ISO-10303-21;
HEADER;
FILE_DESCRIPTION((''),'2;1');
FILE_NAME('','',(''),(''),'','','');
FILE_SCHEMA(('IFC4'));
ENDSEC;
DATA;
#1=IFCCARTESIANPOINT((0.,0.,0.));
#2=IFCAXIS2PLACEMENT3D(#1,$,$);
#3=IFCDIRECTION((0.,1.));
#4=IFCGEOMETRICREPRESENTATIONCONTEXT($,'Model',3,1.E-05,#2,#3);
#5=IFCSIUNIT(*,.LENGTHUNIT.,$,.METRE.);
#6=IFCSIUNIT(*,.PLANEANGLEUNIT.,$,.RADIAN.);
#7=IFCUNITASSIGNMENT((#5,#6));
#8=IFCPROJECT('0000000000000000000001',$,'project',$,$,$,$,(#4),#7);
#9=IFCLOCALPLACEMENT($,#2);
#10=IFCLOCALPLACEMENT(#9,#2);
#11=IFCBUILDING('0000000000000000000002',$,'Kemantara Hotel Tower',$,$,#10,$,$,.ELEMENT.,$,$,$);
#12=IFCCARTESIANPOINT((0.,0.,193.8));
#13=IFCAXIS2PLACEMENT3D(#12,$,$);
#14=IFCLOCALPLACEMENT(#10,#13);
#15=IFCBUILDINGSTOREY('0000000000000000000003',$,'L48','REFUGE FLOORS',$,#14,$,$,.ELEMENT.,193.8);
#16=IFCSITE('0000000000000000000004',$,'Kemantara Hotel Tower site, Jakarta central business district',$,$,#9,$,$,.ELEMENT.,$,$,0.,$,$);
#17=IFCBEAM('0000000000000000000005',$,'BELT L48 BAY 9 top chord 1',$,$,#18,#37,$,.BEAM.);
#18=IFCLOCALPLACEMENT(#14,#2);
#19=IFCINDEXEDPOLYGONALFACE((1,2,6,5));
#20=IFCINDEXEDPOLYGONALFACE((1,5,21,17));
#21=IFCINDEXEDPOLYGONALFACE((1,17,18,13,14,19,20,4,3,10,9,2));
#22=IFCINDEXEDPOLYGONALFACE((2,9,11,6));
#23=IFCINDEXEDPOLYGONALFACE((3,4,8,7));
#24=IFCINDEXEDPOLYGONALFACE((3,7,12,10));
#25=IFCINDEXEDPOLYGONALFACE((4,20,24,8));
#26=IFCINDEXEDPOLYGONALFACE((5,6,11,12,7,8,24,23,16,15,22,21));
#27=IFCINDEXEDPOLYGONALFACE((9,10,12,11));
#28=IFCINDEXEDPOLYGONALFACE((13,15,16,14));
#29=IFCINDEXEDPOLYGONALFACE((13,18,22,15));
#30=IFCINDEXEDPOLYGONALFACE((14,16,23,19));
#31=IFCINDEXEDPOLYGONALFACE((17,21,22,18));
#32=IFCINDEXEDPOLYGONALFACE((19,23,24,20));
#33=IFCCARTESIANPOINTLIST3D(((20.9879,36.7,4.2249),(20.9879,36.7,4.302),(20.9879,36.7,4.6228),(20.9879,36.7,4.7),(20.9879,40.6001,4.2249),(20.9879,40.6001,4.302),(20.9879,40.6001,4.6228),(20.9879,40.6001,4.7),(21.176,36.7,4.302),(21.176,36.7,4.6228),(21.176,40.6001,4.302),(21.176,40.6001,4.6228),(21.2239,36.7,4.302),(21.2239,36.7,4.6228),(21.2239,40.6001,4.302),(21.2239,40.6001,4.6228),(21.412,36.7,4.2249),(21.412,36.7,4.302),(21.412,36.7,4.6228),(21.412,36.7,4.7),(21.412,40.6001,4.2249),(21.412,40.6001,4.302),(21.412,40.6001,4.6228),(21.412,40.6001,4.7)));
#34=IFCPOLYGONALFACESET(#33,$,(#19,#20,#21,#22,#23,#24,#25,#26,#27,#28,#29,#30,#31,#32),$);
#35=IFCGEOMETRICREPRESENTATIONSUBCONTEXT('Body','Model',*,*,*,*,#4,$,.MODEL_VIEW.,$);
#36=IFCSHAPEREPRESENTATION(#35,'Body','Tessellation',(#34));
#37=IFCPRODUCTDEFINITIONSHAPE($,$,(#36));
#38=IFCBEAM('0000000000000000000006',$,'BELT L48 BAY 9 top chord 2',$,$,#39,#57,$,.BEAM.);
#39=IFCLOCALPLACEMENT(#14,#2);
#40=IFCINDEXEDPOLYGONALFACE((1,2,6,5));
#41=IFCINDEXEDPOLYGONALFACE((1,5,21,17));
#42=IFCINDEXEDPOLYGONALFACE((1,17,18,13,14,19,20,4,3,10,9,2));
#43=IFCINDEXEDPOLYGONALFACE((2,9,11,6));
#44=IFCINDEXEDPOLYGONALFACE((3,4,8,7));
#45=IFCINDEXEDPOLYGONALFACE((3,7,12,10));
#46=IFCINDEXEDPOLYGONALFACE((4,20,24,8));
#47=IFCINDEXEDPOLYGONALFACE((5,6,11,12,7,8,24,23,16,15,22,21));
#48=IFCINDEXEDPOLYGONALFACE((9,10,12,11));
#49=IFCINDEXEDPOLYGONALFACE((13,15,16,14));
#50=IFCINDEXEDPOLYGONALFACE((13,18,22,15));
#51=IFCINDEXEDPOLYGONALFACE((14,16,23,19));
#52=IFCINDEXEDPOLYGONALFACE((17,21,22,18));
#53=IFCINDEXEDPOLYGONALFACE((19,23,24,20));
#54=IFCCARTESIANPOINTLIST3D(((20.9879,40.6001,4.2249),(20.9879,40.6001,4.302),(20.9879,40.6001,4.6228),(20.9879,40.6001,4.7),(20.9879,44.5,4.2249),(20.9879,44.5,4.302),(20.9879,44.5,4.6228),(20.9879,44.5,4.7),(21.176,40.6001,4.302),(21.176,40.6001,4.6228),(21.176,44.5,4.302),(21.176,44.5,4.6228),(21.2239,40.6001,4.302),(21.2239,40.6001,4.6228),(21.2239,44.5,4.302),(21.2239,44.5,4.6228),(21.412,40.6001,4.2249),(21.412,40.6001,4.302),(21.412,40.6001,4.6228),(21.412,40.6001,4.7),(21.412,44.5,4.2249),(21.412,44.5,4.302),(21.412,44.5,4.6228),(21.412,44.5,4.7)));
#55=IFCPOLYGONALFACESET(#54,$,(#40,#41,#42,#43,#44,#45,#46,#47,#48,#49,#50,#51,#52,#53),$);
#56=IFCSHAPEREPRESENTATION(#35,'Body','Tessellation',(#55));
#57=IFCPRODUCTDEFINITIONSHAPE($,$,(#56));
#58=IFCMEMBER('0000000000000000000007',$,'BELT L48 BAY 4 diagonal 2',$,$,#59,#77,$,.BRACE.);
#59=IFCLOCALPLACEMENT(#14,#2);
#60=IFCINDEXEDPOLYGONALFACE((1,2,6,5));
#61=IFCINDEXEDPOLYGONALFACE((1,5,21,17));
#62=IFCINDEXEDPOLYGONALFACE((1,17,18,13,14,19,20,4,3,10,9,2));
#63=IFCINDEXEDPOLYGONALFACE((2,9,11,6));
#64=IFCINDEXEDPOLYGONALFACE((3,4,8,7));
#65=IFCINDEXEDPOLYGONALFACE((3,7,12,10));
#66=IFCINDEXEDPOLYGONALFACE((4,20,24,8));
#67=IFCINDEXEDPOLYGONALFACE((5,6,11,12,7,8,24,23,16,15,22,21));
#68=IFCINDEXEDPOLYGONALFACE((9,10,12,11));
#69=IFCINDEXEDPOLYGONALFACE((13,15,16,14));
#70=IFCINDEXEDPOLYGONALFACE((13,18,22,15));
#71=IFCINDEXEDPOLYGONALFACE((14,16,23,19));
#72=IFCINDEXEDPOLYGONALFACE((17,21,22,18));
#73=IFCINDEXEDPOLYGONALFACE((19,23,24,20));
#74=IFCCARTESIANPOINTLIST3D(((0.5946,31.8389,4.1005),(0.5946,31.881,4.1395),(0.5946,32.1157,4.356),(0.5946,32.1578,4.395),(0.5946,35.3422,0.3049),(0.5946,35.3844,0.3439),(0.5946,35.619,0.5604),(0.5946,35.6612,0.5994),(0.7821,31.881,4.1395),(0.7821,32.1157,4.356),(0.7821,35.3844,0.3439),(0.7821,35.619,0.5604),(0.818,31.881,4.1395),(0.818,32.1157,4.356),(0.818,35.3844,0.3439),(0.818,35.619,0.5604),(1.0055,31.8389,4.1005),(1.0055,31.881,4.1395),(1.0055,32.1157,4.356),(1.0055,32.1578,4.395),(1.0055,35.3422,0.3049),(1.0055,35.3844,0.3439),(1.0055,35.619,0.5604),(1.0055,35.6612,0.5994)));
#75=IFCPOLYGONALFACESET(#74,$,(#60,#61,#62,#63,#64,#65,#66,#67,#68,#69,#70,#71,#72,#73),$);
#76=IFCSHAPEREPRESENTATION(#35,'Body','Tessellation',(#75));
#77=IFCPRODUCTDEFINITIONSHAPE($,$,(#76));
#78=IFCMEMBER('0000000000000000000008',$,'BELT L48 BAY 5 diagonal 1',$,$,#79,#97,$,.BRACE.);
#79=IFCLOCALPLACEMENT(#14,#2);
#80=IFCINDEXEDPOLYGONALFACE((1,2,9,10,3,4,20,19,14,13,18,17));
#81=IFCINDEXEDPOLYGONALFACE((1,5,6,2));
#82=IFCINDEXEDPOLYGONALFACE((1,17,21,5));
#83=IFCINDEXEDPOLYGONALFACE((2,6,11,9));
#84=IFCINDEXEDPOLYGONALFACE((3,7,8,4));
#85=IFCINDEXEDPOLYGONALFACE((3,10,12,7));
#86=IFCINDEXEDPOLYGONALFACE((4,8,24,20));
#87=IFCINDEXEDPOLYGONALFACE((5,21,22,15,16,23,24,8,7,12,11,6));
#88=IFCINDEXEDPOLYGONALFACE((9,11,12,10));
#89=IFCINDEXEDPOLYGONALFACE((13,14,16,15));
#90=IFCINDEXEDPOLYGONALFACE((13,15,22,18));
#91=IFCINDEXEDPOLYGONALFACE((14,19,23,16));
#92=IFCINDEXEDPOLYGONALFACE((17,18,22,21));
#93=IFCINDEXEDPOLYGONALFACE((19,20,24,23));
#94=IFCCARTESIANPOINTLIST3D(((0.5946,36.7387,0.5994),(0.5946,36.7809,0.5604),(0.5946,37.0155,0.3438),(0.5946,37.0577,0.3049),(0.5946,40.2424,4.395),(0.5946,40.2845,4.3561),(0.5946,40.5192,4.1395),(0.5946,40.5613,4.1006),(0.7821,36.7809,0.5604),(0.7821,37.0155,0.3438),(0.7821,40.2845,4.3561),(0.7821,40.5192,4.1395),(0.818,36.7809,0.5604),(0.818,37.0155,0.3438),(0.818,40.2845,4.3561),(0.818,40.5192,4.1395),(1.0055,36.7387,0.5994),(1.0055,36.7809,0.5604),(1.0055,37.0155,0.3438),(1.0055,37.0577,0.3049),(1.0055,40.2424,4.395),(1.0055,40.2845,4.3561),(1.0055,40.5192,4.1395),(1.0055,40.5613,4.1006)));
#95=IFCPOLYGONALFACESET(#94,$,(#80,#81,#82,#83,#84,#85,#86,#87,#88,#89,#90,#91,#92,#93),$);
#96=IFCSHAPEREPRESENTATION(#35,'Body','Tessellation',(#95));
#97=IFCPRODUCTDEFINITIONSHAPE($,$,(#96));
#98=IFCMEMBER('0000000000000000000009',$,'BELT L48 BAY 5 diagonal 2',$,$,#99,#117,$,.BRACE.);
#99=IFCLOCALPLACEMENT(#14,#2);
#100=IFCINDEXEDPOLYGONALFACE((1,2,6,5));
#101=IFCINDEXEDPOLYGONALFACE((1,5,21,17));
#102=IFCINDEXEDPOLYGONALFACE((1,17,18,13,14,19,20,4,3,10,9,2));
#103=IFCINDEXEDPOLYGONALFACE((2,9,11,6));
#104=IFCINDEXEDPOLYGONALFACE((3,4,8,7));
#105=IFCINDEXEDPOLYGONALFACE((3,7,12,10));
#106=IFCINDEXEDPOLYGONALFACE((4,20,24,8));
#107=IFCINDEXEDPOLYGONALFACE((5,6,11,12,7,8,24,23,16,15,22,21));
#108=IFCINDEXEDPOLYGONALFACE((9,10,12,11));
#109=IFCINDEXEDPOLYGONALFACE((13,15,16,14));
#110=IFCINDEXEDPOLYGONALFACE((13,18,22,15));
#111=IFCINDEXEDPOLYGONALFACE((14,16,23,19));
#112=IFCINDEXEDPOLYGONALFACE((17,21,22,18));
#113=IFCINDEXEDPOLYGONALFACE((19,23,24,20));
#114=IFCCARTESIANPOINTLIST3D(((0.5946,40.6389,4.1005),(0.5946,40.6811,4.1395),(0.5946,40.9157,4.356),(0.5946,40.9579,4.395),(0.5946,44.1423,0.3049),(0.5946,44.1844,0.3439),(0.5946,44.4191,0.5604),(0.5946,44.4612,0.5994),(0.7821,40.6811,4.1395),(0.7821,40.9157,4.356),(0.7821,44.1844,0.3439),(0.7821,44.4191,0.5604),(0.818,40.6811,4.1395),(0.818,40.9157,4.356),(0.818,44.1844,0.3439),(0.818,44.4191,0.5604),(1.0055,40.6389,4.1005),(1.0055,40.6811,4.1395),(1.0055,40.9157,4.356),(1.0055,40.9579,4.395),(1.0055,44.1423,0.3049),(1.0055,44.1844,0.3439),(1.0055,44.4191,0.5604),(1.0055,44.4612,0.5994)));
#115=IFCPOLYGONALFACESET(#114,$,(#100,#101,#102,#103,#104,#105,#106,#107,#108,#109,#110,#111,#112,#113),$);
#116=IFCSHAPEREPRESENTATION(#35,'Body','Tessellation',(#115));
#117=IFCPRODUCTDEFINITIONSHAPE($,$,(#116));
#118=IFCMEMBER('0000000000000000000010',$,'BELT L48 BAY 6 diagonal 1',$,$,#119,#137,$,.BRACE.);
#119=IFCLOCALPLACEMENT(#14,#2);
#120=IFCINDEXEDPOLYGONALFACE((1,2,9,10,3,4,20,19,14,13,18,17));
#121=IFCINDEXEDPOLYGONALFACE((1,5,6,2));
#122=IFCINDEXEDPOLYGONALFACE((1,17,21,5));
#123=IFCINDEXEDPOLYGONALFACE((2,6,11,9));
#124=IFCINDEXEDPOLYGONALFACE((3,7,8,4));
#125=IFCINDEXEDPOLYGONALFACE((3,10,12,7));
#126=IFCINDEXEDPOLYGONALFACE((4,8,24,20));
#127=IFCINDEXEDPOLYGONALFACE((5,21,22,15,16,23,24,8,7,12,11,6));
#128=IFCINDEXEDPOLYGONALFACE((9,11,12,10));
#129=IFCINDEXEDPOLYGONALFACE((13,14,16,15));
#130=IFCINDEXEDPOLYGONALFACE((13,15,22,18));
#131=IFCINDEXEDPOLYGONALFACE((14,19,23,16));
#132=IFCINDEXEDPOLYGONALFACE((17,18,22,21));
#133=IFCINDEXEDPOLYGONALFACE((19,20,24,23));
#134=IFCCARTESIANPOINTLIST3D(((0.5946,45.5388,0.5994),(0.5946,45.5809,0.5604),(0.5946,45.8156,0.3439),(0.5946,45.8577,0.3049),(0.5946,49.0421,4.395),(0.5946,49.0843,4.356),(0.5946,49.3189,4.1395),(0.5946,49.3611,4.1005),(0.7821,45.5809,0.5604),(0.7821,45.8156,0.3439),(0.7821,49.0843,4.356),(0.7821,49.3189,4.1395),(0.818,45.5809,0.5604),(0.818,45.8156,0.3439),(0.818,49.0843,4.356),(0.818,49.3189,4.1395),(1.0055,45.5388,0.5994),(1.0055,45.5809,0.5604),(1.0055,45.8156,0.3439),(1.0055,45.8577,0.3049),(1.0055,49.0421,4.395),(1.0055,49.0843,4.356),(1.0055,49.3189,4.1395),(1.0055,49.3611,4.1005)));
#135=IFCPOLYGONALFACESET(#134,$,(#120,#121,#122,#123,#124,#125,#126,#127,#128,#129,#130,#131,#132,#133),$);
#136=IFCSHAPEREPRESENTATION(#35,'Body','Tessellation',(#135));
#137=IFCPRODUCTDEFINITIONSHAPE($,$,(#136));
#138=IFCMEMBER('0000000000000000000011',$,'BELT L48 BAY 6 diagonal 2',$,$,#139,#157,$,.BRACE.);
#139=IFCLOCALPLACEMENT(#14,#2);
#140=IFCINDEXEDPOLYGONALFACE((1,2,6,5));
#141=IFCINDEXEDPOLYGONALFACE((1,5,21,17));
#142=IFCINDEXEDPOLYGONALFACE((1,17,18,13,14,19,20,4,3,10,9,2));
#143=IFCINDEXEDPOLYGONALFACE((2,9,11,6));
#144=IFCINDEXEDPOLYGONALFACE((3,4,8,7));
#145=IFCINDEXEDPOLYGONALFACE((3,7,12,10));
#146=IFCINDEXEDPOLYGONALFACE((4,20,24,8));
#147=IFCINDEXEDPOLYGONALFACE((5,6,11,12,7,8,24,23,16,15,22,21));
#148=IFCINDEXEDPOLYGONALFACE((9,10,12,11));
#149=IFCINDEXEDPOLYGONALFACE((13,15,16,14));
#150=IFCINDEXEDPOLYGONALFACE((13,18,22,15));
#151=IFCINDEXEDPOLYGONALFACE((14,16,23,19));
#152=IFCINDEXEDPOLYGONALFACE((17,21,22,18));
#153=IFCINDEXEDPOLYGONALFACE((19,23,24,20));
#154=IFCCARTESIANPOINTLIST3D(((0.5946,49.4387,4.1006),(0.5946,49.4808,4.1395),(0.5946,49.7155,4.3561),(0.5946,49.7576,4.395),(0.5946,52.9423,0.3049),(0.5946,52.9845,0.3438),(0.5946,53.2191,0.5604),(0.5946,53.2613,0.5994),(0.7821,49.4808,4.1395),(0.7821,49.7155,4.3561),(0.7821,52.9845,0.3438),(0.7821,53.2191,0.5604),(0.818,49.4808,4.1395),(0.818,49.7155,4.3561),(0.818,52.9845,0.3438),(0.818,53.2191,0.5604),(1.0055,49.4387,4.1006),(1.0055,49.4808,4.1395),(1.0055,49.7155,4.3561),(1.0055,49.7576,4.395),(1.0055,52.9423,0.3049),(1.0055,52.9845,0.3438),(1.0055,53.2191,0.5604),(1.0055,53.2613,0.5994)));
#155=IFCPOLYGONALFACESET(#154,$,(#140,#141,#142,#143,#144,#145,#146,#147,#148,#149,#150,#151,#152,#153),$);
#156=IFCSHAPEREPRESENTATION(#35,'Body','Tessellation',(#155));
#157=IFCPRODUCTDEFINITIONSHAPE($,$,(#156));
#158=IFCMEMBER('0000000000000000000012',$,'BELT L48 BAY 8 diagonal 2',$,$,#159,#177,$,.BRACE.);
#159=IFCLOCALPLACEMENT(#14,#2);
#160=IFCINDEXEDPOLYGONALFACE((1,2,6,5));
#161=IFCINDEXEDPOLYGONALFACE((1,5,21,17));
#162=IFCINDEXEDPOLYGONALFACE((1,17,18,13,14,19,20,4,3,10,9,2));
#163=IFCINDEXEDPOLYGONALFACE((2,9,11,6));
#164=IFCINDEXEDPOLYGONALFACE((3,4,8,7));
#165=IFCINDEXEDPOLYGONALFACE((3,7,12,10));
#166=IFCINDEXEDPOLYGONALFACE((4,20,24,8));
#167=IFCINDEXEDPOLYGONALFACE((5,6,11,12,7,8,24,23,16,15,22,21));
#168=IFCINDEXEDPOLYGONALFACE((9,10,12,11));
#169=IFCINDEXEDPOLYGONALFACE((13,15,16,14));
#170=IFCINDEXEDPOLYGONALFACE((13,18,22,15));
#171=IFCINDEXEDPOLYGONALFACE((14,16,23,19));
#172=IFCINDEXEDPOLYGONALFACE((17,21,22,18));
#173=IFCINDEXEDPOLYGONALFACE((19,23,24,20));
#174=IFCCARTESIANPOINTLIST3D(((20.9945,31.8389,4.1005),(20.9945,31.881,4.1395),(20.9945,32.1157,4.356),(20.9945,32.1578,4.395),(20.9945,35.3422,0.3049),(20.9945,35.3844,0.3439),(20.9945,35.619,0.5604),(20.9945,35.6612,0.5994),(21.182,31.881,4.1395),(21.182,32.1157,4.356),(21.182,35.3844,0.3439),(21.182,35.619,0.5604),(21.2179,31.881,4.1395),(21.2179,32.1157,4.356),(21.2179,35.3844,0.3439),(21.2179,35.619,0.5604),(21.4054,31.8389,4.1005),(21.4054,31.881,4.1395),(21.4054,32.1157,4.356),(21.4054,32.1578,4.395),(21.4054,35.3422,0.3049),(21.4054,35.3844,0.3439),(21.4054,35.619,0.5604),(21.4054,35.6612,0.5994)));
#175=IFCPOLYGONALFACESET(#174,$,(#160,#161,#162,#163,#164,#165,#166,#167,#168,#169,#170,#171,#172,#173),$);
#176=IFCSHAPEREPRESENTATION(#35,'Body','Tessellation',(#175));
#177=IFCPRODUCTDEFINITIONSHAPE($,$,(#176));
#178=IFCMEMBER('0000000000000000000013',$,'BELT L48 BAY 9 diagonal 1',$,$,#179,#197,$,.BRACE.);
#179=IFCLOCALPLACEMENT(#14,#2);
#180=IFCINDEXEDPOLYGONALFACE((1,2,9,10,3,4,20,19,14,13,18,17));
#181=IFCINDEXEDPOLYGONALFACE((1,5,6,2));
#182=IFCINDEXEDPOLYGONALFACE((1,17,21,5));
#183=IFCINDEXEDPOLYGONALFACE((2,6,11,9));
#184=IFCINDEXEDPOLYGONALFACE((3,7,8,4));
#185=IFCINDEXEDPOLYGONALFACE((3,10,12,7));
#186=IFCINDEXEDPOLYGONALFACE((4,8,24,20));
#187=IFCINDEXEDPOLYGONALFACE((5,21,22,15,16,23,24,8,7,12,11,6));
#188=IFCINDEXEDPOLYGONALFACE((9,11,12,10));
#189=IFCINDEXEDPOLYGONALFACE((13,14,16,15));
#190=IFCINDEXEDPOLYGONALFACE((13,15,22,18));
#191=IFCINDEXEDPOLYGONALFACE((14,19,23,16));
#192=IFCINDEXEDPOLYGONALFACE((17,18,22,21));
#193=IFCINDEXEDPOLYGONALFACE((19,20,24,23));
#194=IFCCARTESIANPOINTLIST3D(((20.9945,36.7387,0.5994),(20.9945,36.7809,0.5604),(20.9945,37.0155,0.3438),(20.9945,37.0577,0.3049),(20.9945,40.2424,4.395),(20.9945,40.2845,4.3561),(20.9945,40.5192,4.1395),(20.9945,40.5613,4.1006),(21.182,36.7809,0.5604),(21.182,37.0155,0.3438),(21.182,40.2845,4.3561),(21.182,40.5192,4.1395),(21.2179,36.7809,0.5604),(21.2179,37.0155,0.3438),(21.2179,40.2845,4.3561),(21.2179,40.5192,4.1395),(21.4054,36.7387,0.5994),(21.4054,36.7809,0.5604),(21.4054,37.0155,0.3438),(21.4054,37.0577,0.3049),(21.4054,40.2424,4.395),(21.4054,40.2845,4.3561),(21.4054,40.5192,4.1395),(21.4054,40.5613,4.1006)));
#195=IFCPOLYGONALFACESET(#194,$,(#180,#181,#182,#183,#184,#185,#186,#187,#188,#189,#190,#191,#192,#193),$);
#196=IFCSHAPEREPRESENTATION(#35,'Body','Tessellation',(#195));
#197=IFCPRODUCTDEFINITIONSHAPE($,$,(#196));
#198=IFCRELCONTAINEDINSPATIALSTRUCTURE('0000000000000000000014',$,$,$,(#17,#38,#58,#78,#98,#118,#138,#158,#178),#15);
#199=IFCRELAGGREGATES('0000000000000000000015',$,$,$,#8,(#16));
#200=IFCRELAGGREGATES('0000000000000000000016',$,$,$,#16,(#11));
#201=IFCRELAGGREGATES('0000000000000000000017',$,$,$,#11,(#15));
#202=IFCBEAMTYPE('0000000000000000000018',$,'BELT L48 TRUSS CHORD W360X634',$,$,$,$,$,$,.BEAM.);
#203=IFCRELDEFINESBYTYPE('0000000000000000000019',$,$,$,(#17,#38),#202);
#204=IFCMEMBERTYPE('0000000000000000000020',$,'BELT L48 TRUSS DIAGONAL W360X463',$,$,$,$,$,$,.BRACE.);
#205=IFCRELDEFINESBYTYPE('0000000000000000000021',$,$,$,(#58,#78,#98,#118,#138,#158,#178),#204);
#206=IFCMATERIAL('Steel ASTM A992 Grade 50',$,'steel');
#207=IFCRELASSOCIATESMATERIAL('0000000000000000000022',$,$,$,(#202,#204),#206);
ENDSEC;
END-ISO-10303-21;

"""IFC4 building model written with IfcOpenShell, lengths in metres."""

from ifc_helpers import new_model, si_unit, direction, frame, origin, origin_2d, place, context, subcontext, project, spatial, i_section, extrude, material, material_profile, profile_set, type_object, element, save


model = new_model("IFC4")

# Units and contexts
model_context = context("Model", 3, precision=1e-05, world=origin(), true_north=direction((0.0, 1.0)))
body_context = subcontext(model_context, "Body", "Model", "MODEL_VIEW")
ifc_project = project(units=[si_unit("LENGTHUNIT", "METRE"), si_unit("PLANEANGLEUNIT", "RADIAN")], contexts=[model_context])

# Site, building, storey
site_placement = place(None, origin())
site = spatial("IfcSite", under=ifc_project, at=site_placement, Name="Kemantara Hotel Tower site, Jakarta central business district", CompositionType="ELEMENT", RefElevation=0.0)
building_placement = place(site_placement, origin())
building = spatial("IfcBuilding", under=site, at=building_placement, Name="Kemantara Hotel Tower", CompositionType="ELEMENT")
storey_placement = place(building_placement, frame((0.0, 0.0, 193.8)))
storey = spatial("IfcBuildingStorey", under=building, at=storey_placement, Name="L48", Description="REFUGE FLOORS", CompositionType="ELEMENT", Elevation=193.8)

# Beams
ifc_material_1 = material(Name="Steel ASTM A992 Grade 50", Category="steel")
ifc_material_profile_1 = material_profile(ifc_material_1, i_section(OverallWidth=0.4241, OverallDepth=0.4751, WebThickness=0.0479, FlangeThickness=0.0771, at=origin_2d()), Name="W360X634")
ifc_profile_set_1 = profile_set([ifc_material_profile_1], Name="Steel ASTM A992 Grade 50")
beam_type = type_object("IfcBeamType", Name="BELT L48 TRUSS CHORD W360X634", PredefinedType="BEAM", material=ifc_profile_set_1)
beam_1_placement = place(storey_placement, frame((21.2, 36.7, 4.4624), z_axis=(0.0, 1.0, 0.0), x_axis=(-1.0, 0.0, 0.0)))
element("IfcBeam", 1, at=beam_1_placement, inside=storey, type_object=beam_type, Name="BELT L48 BAY 9 top chord 1", PredefinedType="BEAM", context=body_context, shape_type="SweptSolid", body=[
    extrude(i_section(OverallWidth=0.4241, OverallDepth=0.4751, WebThickness=0.0479, FlangeThickness=0.0771, at=origin_2d()), origin(), (0.0, 0.0, 1.0), 3.9001),
])
beam_2_placement = place(storey_placement, frame((21.2, 40.6001, 4.4624), z_axis=(0.0, 1.0, 0.0), x_axis=(-1.0, 0.0, 0.0)))
element("IfcBeam", 2, at=beam_2_placement, inside=storey, type_object=beam_type, Name="BELT L48 BAY 9 top chord 2", PredefinedType="BEAM", context=body_context, shape_type="SweptSolid", body=[
    extrude(i_section(OverallWidth=0.4241, OverallDepth=0.4751, WebThickness=0.0479, FlangeThickness=0.0771, at=origin_2d()), origin(), (0.0, 0.0, 1.0), 3.8999),
])

# Members
ifc_material_profile_2 = material_profile(ifc_material_1, i_section(OverallWidth=0.4109, OverallDepth=0.4341, WebThickness=0.0359, FlangeThickness=0.0574, at=origin_2d()), Name="W360X463")
ifc_profile_set_2 = profile_set([ifc_material_profile_2], Name="Steel ASTM A992 Grade 50")
member_type_1 = type_object("IfcMemberType", Name="BELT L48 TRUSS DIAGONAL W360X463", PredefinedType="BRACE", material=ifc_profile_set_2)
member_1_placement = place(storey_placement, frame((0.8, 35.5017, 0.4521), z_axis=(0.0, -0.678253, 0.734829), x_axis=(1.0, 0.0, 0.0)))
element("IfcMember", 3, at=member_1_placement, inside=storey, type_object=member_type_1, Name="BELT L48 BAY 4 diagonal 2", PredefinedType="BRACE", context=body_context, shape_type="SweptSolid", body=[
    extrude(i_section(OverallWidth=0.4109, OverallDepth=0.4341, WebThickness=0.0359, FlangeThickness=0.0574, at=origin_2d()), origin(), (0.0, 0.0, 1.0), 5.1653),
])
member_2_placement = place(storey_placement, frame((0.8, 36.8982, 0.4521), z_axis=(0.0, 0.678278, 0.734805), x_axis=(-1.0, 0.0, 0.0)))
element("IfcMember", 4, at=member_2_placement, inside=storey, type_object=member_type_1, Name="BELT L48 BAY 5 diagonal 1", PredefinedType="BRACE", context=body_context, shape_type="SweptSolid", body=[
    extrude(i_section(OverallWidth=0.4109, OverallDepth=0.4341, WebThickness=0.0359, FlangeThickness=0.0574, at=origin_2d()), origin(), (0.0, 0.0, 1.0), 5.1655),
])
for number, where, z_axis, x_axis, name in (
    (5, (0.8, 44.3018, 0.4521), (0.0, -0.678253, 0.734829), (1.0, 0.0, 0.0), "BELT L48 BAY 5 diagonal 2"),
    (6, (0.8, 45.6982, 0.4521), (0.0, 0.678253, 0.734829), (-1.0, 0.0, 0.0), "BELT L48 BAY 6 diagonal 1"),
):
    element("IfcMember", number, at=place(storey_placement, frame(where, z_axis=z_axis, x_axis=x_axis)), inside=storey, type_object=member_type_1, Name=name, PredefinedType="BRACE", context=body_context, shape_type="SweptSolid", body=[
        extrude(i_section(OverallWidth=0.4109, OverallDepth=0.4341, WebThickness=0.0359, FlangeThickness=0.0574, at=origin_2d()), origin(), (0.0, 0.0, 1.0), 5.1653),
    ])
member_3_placement = place(storey_placement, frame((0.8, 53.1018, 0.4521), z_axis=(0.0, -0.678278, 0.734805), x_axis=(1.0, 0.0, 0.0)))
element("IfcMember", 7, at=member_3_placement, inside=storey, type_object=member_type_1, Name="BELT L48 BAY 6 diagonal 2", PredefinedType="BRACE", context=body_context, shape_type="SweptSolid", body=[
    extrude(i_section(OverallWidth=0.4109, OverallDepth=0.4341, WebThickness=0.0359, FlangeThickness=0.0574, at=origin_2d()), origin(), (0.0, 0.0, 1.0), 5.1655),
])
member_4_placement = place(storey_placement, frame((21.2, 35.5017, 0.4521), z_axis=(0.0, -0.678253, 0.734829), x_axis=(1.0, 0.0, 0.0)))
element("IfcMember", 8, at=member_4_placement, inside=storey, type_object=member_type_1, Name="BELT L48 BAY 8 diagonal 2", PredefinedType="BRACE", context=body_context, shape_type="SweptSolid", body=[
    extrude(i_section(OverallWidth=0.4109, OverallDepth=0.4341, WebThickness=0.0359, FlangeThickness=0.0574, at=origin_2d()), origin(), (0.0, 0.0, 1.0), 5.1653),
])
member_5_placement = place(storey_placement, frame((21.2, 36.8982, 0.4521), z_axis=(0.0, 0.678278, 0.734805), x_axis=(-1.0, 0.0, 0.0)))
element("IfcMember", 9, at=member_5_placement, inside=storey, type_object=member_type_1, Name="BELT L48 BAY 9 diagonal 1", PredefinedType="BRACE", context=body_context, shape_type="SweptSolid", body=[
    extrude(i_section(OverallWidth=0.4109, OverallDepth=0.4341, WebThickness=0.0359, FlangeThickness=0.0574, at=origin_2d()), origin(), (0.0, 0.0, 1.0), 5.1655),
])

save(model, "model.ifc")
